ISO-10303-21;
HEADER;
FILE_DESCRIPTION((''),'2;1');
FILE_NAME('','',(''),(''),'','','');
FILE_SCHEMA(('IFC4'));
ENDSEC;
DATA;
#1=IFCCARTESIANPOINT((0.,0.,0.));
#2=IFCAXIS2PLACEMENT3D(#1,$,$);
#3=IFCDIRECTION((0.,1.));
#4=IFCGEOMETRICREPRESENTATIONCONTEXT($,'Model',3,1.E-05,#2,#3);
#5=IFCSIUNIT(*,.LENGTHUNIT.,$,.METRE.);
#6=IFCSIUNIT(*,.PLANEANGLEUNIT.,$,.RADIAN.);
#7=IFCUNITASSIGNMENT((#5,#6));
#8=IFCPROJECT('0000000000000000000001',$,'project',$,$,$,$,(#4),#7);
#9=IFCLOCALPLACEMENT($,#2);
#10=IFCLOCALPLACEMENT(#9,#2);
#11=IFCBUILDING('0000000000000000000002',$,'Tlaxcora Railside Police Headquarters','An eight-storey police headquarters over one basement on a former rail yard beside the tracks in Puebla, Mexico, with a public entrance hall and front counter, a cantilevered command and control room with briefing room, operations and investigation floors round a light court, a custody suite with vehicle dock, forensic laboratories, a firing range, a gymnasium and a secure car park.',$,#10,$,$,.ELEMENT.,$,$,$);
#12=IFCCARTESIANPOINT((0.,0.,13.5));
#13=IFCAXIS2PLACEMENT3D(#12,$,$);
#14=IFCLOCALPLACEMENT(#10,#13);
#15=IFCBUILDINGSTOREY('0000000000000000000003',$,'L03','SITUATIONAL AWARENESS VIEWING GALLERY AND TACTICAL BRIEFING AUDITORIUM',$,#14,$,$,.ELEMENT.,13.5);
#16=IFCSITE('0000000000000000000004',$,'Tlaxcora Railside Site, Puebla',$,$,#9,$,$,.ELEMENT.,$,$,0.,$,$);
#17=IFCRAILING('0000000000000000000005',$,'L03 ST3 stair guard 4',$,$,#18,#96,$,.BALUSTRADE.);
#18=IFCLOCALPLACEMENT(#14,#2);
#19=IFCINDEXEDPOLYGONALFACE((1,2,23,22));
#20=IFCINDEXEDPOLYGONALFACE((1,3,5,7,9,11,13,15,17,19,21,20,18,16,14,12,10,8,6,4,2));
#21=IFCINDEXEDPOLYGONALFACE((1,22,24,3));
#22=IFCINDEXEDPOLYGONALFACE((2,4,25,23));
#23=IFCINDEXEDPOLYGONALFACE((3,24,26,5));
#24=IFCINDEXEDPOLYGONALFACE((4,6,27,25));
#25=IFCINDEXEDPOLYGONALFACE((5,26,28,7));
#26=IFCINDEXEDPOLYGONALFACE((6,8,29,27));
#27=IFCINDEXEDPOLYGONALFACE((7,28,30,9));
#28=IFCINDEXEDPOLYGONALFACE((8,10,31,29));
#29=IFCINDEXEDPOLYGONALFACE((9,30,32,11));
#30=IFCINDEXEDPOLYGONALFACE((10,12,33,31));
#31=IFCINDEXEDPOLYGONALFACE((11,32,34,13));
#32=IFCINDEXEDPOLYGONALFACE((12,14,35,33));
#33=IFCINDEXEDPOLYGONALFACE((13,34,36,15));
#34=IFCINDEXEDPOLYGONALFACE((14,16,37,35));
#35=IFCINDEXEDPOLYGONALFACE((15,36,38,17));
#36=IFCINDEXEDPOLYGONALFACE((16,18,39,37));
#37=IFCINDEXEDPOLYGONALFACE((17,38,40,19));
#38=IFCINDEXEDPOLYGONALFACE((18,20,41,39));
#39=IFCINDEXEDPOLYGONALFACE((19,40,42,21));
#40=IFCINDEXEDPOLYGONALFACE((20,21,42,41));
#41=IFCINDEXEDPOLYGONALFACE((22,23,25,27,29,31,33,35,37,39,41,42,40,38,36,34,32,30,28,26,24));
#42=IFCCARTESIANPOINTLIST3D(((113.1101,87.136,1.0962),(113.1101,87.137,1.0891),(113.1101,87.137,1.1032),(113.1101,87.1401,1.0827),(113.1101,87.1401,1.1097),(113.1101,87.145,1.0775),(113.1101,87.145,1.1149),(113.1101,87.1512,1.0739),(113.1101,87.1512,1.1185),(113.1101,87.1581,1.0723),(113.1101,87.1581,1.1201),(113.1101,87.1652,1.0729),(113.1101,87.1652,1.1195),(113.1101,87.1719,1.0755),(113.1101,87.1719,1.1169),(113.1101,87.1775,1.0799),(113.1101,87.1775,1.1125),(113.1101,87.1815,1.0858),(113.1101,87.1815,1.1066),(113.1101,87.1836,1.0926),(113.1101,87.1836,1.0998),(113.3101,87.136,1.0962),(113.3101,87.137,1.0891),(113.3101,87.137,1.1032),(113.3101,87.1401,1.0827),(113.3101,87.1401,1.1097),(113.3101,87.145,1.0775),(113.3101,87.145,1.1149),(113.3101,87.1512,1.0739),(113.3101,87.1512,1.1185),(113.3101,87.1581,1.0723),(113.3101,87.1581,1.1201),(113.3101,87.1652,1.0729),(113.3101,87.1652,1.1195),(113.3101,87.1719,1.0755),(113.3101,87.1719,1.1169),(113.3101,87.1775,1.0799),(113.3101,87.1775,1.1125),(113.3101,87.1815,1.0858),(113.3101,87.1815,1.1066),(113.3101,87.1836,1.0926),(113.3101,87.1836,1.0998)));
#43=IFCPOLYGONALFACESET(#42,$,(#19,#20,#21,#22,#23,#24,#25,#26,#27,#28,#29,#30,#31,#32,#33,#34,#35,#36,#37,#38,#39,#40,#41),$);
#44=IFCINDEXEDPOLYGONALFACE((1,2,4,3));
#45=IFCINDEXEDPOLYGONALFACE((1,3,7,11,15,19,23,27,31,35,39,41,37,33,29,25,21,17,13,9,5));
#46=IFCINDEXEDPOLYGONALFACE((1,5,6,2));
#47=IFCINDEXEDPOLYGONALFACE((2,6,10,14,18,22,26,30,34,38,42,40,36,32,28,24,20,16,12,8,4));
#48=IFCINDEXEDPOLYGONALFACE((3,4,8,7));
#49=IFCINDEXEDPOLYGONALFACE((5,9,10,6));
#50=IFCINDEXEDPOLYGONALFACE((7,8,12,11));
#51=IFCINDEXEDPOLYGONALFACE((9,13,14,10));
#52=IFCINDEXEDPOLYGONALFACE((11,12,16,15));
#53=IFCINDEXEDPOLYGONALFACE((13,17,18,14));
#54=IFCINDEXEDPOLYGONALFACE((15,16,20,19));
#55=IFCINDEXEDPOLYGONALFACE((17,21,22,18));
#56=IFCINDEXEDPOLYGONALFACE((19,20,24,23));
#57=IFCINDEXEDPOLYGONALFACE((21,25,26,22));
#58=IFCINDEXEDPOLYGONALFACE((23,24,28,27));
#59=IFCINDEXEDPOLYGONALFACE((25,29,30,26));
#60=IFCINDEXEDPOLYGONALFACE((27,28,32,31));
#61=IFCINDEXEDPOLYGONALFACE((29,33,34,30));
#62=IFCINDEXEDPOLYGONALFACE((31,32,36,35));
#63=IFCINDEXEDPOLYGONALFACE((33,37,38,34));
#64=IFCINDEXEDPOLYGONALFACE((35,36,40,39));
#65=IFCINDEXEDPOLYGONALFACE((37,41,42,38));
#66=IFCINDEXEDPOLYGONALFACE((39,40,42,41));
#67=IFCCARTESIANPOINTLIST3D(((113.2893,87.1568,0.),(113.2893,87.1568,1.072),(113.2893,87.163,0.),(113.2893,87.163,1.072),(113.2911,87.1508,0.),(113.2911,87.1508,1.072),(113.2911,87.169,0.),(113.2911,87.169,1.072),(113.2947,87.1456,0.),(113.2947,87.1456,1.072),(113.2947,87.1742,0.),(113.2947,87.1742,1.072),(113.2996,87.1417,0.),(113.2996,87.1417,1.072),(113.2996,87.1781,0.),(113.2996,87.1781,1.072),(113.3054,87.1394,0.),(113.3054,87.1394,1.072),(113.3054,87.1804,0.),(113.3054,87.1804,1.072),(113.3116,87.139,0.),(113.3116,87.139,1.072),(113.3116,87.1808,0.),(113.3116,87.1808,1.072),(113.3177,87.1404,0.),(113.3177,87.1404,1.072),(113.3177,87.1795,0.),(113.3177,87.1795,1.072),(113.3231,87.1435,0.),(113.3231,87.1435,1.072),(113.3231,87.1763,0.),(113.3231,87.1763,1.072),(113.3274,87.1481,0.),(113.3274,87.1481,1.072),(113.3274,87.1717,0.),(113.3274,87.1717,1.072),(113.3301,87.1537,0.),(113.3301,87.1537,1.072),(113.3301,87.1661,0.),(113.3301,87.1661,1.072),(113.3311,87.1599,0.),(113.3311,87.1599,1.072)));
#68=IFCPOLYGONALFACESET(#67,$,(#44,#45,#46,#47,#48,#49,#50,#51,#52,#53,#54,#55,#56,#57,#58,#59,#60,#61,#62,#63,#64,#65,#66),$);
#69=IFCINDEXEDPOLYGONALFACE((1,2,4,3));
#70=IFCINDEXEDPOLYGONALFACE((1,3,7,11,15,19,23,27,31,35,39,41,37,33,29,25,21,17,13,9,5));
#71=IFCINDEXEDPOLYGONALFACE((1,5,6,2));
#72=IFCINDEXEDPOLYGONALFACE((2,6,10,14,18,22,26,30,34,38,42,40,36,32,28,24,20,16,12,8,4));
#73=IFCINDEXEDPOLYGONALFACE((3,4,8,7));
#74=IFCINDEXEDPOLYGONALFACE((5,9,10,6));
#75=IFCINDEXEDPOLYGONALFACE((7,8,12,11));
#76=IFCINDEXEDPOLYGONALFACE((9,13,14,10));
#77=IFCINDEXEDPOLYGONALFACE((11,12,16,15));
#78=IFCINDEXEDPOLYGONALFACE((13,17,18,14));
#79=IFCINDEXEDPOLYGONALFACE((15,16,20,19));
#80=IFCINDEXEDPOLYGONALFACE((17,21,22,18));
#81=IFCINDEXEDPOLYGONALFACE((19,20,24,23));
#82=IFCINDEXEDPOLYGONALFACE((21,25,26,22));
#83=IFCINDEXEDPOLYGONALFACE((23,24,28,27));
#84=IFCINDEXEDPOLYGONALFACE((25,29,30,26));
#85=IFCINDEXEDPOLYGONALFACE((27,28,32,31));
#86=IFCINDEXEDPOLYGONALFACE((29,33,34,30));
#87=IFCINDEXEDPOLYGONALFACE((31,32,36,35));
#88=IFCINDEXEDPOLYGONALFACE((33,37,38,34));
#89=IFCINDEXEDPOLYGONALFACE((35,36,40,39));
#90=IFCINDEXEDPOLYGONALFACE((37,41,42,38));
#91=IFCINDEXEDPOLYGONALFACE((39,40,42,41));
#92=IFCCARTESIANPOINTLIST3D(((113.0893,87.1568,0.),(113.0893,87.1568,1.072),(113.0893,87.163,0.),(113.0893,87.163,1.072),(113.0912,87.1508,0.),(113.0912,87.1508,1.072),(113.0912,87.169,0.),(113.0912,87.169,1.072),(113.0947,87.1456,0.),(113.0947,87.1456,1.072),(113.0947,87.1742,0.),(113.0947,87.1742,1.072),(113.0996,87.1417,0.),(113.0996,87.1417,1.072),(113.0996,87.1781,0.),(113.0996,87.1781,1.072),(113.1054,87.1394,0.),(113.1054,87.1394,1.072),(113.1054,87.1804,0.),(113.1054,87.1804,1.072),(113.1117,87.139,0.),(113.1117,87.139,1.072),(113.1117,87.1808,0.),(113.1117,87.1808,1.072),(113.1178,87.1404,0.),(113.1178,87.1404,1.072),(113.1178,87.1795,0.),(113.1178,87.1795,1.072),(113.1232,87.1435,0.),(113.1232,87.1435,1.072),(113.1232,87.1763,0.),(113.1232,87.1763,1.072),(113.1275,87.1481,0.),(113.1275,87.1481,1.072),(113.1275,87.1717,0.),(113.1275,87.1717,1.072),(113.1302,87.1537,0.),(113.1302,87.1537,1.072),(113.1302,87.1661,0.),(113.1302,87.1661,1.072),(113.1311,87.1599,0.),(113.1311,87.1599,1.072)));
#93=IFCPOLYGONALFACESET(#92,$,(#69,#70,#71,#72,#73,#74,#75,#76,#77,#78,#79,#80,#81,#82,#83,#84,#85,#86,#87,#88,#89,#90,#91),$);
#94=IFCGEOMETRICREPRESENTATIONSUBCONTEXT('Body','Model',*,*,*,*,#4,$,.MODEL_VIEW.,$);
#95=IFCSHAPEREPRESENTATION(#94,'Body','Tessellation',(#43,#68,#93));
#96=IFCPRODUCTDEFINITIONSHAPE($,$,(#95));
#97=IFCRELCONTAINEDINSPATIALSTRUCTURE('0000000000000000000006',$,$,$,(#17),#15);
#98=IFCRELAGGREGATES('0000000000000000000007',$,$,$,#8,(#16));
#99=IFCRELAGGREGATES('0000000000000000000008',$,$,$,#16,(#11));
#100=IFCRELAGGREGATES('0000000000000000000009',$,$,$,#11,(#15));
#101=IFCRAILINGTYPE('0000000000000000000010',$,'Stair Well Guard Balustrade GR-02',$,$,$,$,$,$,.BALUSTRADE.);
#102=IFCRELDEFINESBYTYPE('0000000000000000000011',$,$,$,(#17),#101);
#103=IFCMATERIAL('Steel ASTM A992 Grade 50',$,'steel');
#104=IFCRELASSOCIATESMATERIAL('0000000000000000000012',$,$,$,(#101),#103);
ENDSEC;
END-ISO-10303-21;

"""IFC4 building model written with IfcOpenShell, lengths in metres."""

from ifc_helpers import new_model, si_unit, direction, frame, origin, origin_2d, place, context, subcontext, project, spatial, circle, extrude, material, type_object, element, save


model = new_model("IFC4")

# Units and contexts
model_context = context("Model", 3, precision=1e-05, world=origin(), true_north=direction((0.0, 1.0)))
body_context = subcontext(model_context, "Body", "Model", "MODEL_VIEW")
ifc_project = project(units=[si_unit("LENGTHUNIT", "METRE"), si_unit("PLANEANGLEUNIT", "RADIAN")], contexts=[model_context])

# Site, building, storey
site_placement = place(None, origin())
site = spatial("IfcSite", under=ifc_project, at=site_placement, Name="Tlaxcora Railside Site, Puebla", CompositionType="ELEMENT", RefElevation=0.0)
building_placement = place(site_placement, origin())
building = spatial("IfcBuilding", under=site, at=building_placement, Name="Tlaxcora Railside Police Headquarters", Description="An eight-storey police headquarters over one basement on a former rail yard beside the tracks in Puebla, Mexico, with a public entrance hall and front counter, a cantilevered command and control room with briefing room, operations and investigation floors round a light court, a custody suite with vehicle dock, forensic laboratories, a firing range, a gymnasium and a secure car park.", CompositionType="ELEMENT")
storey_placement = place(building_placement, frame((0.0, 0.0, 13.5)))
storey = spatial("IfcBuildingStorey", under=building, at=storey_placement, Name="L03", Description="SITUATIONAL AWARENESS VIEWING GALLERY AND TACTICAL BRIEFING AUDITORIUM", CompositionType="ELEMENT", Elevation=13.5)

# Shared definitions
ifc_material_1 = material(Name="Steel ASTM A992 Grade 50", Category="steel")

# Railing
railing_type_1 = type_object("IfcRailingType", Name="Stair Well Guard Balustrade GR-02", PredefinedType="BALUSTRADE", material=ifc_material_1)
railing_1_placement = place(storey_placement, frame((113.3101, 87.1599, 0.0)))
element("IfcRailing", 1, at=railing_1_placement, inside=storey, type_object=railing_type_1, Name="L03 ST3 stair guard 4", PredefinedType="BALUSTRADE", context=body_context, shape_type="SweptSolid", body=[
    extrude(circle(Radius=0.0239, at=origin_2d()), frame((0.0, 0.0, 1.0962), z_axis=(-1.0, 0.0, 0.0), x_axis=(0.0, -1.0, 0.0)), (0.0, 0.0, 1.0), 0.2),
    extrude(circle(Radius=0.021, at=origin_2d()), origin(), (0.0, 0.0, 1.0), 1.072),
    extrude(circle(Radius=0.021, at=origin_2d()), frame((-0.2, 0.0, 0.0)), (0.0, 0.0, 1.0), 1.072),
])

save(model, "model.ifc")
